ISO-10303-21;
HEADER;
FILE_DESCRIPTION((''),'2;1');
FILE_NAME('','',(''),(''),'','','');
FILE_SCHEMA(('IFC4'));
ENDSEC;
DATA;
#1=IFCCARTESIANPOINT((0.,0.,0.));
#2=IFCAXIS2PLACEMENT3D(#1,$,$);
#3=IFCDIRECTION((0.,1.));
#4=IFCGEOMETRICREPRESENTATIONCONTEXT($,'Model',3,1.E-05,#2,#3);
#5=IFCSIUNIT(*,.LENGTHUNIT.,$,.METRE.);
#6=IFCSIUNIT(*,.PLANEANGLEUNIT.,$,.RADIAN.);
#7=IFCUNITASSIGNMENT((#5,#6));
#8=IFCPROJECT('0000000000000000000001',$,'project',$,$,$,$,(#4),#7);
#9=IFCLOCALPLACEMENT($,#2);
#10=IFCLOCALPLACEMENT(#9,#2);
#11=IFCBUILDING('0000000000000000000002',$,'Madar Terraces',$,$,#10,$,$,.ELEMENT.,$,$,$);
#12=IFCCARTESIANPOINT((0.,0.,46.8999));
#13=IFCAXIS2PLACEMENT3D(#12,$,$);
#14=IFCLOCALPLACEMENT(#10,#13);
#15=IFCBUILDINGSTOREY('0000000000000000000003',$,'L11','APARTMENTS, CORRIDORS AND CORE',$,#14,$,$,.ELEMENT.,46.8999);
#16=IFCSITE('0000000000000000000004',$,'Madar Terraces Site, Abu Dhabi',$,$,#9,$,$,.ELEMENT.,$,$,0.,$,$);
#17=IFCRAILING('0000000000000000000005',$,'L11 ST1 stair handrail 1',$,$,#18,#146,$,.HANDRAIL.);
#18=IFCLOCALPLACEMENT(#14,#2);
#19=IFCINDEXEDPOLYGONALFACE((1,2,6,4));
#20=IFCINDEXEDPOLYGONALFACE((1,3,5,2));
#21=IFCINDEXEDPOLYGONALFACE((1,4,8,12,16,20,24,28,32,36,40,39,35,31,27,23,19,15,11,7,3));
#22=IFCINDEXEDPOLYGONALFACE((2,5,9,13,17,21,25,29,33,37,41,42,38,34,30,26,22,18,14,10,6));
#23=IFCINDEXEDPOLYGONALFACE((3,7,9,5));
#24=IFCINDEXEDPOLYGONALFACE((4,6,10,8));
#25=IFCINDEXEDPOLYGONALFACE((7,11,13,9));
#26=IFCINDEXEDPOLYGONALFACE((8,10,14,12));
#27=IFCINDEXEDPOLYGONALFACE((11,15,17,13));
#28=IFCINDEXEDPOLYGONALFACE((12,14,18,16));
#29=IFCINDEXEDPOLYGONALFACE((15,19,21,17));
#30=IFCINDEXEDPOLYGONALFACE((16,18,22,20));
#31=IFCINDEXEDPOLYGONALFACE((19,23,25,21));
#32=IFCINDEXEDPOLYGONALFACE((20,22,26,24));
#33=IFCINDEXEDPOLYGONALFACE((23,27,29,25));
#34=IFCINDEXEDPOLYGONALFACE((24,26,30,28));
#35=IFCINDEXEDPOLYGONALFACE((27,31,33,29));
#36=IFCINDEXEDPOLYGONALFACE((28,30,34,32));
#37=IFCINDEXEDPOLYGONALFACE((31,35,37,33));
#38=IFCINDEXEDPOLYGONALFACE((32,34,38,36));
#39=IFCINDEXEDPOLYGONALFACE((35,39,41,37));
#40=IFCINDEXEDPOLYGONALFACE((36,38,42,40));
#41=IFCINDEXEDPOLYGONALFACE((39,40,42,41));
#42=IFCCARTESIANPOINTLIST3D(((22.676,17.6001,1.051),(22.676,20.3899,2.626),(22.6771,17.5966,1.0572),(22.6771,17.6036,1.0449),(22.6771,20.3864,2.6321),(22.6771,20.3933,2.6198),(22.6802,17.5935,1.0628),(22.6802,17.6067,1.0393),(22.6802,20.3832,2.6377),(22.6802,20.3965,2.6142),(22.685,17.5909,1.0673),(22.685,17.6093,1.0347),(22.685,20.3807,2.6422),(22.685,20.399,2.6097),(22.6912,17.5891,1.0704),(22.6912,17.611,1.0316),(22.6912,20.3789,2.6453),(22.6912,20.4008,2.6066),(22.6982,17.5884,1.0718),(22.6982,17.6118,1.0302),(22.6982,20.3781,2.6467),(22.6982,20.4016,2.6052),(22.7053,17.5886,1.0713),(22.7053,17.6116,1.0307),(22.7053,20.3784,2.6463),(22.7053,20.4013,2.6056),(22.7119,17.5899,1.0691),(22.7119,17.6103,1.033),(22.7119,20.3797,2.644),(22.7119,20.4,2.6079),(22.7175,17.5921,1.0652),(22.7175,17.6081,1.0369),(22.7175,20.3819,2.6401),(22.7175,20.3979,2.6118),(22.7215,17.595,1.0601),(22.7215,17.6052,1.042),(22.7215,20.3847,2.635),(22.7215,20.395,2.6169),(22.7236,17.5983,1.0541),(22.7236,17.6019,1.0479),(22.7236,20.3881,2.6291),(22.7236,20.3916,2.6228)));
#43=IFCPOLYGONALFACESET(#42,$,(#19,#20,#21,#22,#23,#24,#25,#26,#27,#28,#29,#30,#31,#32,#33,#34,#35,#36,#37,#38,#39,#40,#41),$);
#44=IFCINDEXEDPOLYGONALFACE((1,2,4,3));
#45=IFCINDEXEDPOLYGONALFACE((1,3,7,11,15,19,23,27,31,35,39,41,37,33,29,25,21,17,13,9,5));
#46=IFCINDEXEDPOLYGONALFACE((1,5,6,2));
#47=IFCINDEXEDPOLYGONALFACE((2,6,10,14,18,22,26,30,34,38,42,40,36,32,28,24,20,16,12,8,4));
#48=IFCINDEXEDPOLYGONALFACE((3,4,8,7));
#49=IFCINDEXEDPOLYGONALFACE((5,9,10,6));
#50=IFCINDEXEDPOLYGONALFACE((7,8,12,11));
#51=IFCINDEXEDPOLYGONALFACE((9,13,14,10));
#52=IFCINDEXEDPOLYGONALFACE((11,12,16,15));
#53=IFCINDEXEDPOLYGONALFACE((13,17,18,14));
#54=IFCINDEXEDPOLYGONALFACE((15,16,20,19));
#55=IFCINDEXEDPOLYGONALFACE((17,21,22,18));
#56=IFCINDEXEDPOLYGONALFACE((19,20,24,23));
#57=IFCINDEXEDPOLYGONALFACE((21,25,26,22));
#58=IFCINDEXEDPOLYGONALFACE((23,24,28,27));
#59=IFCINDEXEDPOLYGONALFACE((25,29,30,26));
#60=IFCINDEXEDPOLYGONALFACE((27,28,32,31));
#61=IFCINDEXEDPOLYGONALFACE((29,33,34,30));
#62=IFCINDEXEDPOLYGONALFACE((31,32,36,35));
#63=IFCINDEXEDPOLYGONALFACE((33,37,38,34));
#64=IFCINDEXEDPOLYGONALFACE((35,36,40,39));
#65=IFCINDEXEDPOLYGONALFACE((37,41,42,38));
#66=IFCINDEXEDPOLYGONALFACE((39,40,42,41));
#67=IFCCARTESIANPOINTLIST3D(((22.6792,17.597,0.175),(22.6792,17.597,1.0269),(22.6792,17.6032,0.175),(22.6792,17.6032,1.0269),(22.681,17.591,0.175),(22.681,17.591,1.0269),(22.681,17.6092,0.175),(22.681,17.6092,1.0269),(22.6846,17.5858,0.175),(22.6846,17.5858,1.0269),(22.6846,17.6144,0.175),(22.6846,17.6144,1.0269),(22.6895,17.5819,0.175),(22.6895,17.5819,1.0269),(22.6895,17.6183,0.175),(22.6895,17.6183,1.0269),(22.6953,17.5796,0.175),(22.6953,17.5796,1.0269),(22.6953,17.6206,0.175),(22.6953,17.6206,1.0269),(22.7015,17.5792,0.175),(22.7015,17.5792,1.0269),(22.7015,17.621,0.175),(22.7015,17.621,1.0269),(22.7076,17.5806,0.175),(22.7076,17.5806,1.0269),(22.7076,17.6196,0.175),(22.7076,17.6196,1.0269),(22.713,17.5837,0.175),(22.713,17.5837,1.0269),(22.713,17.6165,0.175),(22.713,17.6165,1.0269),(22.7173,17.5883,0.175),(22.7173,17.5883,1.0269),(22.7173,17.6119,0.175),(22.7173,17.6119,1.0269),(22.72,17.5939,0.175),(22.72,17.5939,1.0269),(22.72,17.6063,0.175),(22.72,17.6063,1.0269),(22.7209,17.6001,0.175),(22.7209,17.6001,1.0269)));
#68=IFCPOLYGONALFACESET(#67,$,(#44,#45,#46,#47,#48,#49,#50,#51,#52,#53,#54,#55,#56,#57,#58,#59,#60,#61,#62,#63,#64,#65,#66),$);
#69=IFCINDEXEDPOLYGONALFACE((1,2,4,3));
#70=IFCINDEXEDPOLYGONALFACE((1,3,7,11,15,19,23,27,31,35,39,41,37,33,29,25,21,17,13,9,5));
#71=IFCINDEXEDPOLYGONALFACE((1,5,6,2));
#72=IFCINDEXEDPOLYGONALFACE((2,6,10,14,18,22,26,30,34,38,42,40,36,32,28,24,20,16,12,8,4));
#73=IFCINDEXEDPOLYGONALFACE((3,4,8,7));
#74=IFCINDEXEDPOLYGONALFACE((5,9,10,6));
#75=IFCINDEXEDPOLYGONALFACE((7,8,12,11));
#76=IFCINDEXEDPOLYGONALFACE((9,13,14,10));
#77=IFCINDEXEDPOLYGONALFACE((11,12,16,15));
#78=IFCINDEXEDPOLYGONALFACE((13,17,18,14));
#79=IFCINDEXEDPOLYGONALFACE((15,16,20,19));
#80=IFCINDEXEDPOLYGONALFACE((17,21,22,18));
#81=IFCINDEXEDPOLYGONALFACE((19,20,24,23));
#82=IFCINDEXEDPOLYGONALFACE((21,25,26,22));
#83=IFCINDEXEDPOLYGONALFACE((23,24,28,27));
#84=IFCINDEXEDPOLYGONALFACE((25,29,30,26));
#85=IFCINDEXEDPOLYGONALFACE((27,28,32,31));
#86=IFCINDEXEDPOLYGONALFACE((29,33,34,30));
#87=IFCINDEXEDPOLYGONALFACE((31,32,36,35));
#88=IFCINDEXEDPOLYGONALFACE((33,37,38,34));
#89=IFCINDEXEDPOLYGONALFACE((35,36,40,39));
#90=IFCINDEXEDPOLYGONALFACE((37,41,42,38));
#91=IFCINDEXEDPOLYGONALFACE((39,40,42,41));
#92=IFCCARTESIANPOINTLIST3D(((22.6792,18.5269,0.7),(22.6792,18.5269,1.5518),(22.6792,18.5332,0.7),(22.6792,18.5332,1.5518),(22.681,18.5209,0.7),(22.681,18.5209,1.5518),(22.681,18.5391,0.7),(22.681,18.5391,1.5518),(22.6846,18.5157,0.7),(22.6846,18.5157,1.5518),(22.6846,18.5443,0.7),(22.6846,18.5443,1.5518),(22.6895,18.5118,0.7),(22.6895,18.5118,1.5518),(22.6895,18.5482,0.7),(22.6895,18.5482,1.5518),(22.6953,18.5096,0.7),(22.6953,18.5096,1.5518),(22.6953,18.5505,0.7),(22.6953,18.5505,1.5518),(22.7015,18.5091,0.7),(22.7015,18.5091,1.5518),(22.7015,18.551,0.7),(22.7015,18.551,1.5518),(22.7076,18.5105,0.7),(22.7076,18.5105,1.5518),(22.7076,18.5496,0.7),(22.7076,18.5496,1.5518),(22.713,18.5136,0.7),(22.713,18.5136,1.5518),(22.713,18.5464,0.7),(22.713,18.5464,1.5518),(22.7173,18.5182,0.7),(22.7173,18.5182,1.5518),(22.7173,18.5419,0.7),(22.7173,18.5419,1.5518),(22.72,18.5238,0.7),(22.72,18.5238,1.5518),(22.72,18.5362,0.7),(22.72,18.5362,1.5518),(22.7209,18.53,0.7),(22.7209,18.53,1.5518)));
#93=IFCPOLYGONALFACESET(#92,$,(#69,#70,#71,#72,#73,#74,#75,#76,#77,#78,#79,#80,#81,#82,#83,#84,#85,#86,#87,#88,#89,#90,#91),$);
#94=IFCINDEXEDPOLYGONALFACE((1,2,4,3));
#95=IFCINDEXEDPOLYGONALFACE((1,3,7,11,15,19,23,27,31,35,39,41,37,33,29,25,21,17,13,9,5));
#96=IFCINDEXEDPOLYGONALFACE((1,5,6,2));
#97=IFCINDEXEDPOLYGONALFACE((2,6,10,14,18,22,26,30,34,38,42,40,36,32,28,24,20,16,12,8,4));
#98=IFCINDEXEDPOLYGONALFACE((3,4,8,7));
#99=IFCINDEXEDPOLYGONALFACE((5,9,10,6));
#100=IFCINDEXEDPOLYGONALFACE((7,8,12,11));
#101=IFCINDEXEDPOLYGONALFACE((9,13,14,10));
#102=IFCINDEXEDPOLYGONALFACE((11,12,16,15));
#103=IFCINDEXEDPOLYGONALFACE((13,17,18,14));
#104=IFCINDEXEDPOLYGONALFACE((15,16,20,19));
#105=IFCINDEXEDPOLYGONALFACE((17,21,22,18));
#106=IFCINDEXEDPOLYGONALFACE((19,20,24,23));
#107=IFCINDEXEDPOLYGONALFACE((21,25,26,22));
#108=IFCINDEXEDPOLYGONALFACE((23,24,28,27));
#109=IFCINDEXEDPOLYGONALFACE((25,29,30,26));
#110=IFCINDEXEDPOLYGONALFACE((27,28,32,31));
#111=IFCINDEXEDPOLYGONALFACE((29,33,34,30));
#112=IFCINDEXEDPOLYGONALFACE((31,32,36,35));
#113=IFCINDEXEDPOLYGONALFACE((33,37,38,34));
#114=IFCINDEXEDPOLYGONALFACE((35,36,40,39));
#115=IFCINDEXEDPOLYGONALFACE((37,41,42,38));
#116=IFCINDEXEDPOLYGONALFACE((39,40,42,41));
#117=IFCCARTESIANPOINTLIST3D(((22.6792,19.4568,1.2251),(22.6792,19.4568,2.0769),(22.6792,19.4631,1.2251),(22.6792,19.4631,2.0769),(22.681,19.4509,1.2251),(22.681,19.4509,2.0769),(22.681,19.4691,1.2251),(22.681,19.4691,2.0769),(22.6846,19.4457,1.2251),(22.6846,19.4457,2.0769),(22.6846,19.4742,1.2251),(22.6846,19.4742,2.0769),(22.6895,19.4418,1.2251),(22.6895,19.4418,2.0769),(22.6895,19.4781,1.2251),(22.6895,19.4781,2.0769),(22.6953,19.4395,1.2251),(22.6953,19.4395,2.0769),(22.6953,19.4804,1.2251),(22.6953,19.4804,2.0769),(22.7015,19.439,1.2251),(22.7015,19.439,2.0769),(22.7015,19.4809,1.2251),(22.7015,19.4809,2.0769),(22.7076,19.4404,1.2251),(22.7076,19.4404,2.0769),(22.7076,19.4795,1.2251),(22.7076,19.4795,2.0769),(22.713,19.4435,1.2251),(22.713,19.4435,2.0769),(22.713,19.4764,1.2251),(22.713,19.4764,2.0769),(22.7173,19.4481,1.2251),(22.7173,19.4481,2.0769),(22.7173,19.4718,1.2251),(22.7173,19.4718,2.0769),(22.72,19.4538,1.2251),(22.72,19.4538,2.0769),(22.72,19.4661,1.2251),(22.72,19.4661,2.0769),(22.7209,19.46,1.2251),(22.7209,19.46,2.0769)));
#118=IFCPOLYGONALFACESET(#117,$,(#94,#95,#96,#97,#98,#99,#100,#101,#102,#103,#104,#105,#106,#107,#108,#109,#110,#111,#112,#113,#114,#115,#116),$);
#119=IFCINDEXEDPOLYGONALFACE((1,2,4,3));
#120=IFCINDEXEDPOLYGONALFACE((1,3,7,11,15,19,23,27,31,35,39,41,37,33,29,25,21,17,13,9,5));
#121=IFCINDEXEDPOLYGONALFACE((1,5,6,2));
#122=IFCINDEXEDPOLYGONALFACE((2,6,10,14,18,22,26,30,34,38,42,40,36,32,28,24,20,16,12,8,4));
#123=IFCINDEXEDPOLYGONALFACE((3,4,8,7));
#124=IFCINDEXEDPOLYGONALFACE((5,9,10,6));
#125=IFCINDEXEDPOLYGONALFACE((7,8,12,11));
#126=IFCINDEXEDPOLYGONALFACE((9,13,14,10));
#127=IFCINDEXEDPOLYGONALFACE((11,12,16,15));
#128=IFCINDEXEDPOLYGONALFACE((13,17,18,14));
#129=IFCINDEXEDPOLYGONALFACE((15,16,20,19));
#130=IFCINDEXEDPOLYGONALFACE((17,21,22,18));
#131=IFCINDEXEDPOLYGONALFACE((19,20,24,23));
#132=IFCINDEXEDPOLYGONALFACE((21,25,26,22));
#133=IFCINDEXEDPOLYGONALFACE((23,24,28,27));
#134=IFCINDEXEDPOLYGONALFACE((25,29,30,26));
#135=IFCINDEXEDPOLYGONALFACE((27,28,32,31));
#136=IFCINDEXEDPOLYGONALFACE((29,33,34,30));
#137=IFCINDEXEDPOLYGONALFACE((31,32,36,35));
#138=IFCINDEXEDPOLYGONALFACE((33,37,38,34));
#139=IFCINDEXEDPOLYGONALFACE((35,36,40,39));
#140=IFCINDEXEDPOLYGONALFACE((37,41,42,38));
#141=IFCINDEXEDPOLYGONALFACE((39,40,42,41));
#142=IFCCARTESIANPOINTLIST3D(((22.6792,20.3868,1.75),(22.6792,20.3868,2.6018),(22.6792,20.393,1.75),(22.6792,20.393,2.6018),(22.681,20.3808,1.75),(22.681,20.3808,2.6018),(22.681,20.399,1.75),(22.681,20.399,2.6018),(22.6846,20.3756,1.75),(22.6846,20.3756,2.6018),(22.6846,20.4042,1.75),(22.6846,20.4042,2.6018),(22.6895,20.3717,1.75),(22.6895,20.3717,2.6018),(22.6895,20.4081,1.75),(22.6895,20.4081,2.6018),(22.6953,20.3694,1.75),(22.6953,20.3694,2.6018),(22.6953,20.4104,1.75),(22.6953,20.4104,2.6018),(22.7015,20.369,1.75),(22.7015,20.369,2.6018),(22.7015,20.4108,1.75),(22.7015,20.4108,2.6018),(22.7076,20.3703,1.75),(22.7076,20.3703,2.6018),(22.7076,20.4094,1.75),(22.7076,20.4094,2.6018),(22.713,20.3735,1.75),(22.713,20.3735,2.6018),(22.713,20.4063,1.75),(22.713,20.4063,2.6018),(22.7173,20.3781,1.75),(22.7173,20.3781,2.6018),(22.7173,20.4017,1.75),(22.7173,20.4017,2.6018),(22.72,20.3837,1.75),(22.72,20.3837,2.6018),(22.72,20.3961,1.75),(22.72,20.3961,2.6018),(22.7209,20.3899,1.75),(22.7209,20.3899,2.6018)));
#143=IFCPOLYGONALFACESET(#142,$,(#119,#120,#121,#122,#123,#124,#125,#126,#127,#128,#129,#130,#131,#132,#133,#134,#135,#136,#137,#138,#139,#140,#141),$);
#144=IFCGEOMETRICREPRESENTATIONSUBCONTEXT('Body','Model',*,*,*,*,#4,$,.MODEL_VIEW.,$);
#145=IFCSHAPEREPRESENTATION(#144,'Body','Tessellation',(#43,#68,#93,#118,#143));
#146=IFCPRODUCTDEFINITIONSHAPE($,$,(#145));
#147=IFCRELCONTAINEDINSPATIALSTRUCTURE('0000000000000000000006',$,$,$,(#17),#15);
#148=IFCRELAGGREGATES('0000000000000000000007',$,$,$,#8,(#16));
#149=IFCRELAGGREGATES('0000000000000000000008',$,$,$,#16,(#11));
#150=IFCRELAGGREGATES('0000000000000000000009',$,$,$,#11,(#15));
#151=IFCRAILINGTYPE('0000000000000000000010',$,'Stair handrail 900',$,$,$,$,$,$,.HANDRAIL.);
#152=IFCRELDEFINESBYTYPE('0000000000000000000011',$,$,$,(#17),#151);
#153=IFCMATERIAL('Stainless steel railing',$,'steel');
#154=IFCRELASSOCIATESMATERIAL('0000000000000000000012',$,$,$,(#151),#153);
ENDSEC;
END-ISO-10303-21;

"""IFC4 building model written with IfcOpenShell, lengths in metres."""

from ifc_helpers import new_model, si_unit, direction, frame, origin, origin_2d, place, context, subcontext, project, spatial, circle, extrude, material, type_object, element, save


model = new_model("IFC4")

# Units and contexts
model_context = context("Model", 3, precision=1e-05, world=origin(), true_north=direction((0.0, 1.0)))
body_context = subcontext(model_context, "Body", "Model", "MODEL_VIEW")
ifc_project = project(units=[si_unit("LENGTHUNIT", "METRE"), si_unit("PLANEANGLEUNIT", "RADIAN")], contexts=[model_context])

# Site, building, storey
site_placement = place(None, origin())
site = spatial("IfcSite", under=ifc_project, at=site_placement, Name="Madar Terraces Site, Abu Dhabi", CompositionType="ELEMENT", RefElevation=0.0)
building_placement = place(site_placement, origin())
building = spatial("IfcBuilding", under=site, at=building_placement, Name="Madar Terraces", CompositionType="ELEMENT")
storey_placement = place(building_placement, frame((0.0, 0.0, 46.8999)))
storey = spatial("IfcBuildingStorey", under=building, at=storey_placement, Name="L11", Description="APARTMENTS, CORRIDORS AND CORE", CompositionType="ELEMENT", Elevation=46.8999)

# Railing
ifc_material_1 = material(Name="Stainless steel railing", Category="steel")
railing_type_1 = type_object("IfcRailingType", Name="Stair handrail 900", PredefinedType="HANDRAIL", material=ifc_material_1)
railing_1_placement = place(storey_placement, frame((22.7, 17.6001, 0.175)))
element("IfcRailing", 1, at=railing_1_placement, inside=storey, type_object=railing_type_1, Name="L11 ST1 stair handrail 1", PredefinedType="HANDRAIL", context=body_context, shape_type="SweptSolid", body=[
    extrude(circle(Radius=0.0239, at=origin_2d()), frame((0.0, 0.0, 0.876), z_axis=(0.0, 0.870815, 0.49161), x_axis=(-1.0, 0.0, 0.0)), (0.0, 0.0, 1.0), 3.2036),
    extrude(circle(Radius=0.021, at=origin_2d()), origin(), (0.0, 0.0, 1.0), 0.8518),
    extrude(circle(Radius=0.021, at=origin_2d()), frame((0.0, 0.9299, 0.5249)), (0.0, 0.0, 1.0), 0.8518),
    extrude(circle(Radius=0.021, at=origin_2d()), frame((0.0, 1.8599, 1.05)), (0.0, 0.0, 1.0), 0.8518),
    extrude(circle(Radius=0.021, at=origin_2d()), frame((0.0, 2.7898, 1.575)), (0.0, 0.0, 1.0), 0.8518),
])

save(model, "model.ifc")
